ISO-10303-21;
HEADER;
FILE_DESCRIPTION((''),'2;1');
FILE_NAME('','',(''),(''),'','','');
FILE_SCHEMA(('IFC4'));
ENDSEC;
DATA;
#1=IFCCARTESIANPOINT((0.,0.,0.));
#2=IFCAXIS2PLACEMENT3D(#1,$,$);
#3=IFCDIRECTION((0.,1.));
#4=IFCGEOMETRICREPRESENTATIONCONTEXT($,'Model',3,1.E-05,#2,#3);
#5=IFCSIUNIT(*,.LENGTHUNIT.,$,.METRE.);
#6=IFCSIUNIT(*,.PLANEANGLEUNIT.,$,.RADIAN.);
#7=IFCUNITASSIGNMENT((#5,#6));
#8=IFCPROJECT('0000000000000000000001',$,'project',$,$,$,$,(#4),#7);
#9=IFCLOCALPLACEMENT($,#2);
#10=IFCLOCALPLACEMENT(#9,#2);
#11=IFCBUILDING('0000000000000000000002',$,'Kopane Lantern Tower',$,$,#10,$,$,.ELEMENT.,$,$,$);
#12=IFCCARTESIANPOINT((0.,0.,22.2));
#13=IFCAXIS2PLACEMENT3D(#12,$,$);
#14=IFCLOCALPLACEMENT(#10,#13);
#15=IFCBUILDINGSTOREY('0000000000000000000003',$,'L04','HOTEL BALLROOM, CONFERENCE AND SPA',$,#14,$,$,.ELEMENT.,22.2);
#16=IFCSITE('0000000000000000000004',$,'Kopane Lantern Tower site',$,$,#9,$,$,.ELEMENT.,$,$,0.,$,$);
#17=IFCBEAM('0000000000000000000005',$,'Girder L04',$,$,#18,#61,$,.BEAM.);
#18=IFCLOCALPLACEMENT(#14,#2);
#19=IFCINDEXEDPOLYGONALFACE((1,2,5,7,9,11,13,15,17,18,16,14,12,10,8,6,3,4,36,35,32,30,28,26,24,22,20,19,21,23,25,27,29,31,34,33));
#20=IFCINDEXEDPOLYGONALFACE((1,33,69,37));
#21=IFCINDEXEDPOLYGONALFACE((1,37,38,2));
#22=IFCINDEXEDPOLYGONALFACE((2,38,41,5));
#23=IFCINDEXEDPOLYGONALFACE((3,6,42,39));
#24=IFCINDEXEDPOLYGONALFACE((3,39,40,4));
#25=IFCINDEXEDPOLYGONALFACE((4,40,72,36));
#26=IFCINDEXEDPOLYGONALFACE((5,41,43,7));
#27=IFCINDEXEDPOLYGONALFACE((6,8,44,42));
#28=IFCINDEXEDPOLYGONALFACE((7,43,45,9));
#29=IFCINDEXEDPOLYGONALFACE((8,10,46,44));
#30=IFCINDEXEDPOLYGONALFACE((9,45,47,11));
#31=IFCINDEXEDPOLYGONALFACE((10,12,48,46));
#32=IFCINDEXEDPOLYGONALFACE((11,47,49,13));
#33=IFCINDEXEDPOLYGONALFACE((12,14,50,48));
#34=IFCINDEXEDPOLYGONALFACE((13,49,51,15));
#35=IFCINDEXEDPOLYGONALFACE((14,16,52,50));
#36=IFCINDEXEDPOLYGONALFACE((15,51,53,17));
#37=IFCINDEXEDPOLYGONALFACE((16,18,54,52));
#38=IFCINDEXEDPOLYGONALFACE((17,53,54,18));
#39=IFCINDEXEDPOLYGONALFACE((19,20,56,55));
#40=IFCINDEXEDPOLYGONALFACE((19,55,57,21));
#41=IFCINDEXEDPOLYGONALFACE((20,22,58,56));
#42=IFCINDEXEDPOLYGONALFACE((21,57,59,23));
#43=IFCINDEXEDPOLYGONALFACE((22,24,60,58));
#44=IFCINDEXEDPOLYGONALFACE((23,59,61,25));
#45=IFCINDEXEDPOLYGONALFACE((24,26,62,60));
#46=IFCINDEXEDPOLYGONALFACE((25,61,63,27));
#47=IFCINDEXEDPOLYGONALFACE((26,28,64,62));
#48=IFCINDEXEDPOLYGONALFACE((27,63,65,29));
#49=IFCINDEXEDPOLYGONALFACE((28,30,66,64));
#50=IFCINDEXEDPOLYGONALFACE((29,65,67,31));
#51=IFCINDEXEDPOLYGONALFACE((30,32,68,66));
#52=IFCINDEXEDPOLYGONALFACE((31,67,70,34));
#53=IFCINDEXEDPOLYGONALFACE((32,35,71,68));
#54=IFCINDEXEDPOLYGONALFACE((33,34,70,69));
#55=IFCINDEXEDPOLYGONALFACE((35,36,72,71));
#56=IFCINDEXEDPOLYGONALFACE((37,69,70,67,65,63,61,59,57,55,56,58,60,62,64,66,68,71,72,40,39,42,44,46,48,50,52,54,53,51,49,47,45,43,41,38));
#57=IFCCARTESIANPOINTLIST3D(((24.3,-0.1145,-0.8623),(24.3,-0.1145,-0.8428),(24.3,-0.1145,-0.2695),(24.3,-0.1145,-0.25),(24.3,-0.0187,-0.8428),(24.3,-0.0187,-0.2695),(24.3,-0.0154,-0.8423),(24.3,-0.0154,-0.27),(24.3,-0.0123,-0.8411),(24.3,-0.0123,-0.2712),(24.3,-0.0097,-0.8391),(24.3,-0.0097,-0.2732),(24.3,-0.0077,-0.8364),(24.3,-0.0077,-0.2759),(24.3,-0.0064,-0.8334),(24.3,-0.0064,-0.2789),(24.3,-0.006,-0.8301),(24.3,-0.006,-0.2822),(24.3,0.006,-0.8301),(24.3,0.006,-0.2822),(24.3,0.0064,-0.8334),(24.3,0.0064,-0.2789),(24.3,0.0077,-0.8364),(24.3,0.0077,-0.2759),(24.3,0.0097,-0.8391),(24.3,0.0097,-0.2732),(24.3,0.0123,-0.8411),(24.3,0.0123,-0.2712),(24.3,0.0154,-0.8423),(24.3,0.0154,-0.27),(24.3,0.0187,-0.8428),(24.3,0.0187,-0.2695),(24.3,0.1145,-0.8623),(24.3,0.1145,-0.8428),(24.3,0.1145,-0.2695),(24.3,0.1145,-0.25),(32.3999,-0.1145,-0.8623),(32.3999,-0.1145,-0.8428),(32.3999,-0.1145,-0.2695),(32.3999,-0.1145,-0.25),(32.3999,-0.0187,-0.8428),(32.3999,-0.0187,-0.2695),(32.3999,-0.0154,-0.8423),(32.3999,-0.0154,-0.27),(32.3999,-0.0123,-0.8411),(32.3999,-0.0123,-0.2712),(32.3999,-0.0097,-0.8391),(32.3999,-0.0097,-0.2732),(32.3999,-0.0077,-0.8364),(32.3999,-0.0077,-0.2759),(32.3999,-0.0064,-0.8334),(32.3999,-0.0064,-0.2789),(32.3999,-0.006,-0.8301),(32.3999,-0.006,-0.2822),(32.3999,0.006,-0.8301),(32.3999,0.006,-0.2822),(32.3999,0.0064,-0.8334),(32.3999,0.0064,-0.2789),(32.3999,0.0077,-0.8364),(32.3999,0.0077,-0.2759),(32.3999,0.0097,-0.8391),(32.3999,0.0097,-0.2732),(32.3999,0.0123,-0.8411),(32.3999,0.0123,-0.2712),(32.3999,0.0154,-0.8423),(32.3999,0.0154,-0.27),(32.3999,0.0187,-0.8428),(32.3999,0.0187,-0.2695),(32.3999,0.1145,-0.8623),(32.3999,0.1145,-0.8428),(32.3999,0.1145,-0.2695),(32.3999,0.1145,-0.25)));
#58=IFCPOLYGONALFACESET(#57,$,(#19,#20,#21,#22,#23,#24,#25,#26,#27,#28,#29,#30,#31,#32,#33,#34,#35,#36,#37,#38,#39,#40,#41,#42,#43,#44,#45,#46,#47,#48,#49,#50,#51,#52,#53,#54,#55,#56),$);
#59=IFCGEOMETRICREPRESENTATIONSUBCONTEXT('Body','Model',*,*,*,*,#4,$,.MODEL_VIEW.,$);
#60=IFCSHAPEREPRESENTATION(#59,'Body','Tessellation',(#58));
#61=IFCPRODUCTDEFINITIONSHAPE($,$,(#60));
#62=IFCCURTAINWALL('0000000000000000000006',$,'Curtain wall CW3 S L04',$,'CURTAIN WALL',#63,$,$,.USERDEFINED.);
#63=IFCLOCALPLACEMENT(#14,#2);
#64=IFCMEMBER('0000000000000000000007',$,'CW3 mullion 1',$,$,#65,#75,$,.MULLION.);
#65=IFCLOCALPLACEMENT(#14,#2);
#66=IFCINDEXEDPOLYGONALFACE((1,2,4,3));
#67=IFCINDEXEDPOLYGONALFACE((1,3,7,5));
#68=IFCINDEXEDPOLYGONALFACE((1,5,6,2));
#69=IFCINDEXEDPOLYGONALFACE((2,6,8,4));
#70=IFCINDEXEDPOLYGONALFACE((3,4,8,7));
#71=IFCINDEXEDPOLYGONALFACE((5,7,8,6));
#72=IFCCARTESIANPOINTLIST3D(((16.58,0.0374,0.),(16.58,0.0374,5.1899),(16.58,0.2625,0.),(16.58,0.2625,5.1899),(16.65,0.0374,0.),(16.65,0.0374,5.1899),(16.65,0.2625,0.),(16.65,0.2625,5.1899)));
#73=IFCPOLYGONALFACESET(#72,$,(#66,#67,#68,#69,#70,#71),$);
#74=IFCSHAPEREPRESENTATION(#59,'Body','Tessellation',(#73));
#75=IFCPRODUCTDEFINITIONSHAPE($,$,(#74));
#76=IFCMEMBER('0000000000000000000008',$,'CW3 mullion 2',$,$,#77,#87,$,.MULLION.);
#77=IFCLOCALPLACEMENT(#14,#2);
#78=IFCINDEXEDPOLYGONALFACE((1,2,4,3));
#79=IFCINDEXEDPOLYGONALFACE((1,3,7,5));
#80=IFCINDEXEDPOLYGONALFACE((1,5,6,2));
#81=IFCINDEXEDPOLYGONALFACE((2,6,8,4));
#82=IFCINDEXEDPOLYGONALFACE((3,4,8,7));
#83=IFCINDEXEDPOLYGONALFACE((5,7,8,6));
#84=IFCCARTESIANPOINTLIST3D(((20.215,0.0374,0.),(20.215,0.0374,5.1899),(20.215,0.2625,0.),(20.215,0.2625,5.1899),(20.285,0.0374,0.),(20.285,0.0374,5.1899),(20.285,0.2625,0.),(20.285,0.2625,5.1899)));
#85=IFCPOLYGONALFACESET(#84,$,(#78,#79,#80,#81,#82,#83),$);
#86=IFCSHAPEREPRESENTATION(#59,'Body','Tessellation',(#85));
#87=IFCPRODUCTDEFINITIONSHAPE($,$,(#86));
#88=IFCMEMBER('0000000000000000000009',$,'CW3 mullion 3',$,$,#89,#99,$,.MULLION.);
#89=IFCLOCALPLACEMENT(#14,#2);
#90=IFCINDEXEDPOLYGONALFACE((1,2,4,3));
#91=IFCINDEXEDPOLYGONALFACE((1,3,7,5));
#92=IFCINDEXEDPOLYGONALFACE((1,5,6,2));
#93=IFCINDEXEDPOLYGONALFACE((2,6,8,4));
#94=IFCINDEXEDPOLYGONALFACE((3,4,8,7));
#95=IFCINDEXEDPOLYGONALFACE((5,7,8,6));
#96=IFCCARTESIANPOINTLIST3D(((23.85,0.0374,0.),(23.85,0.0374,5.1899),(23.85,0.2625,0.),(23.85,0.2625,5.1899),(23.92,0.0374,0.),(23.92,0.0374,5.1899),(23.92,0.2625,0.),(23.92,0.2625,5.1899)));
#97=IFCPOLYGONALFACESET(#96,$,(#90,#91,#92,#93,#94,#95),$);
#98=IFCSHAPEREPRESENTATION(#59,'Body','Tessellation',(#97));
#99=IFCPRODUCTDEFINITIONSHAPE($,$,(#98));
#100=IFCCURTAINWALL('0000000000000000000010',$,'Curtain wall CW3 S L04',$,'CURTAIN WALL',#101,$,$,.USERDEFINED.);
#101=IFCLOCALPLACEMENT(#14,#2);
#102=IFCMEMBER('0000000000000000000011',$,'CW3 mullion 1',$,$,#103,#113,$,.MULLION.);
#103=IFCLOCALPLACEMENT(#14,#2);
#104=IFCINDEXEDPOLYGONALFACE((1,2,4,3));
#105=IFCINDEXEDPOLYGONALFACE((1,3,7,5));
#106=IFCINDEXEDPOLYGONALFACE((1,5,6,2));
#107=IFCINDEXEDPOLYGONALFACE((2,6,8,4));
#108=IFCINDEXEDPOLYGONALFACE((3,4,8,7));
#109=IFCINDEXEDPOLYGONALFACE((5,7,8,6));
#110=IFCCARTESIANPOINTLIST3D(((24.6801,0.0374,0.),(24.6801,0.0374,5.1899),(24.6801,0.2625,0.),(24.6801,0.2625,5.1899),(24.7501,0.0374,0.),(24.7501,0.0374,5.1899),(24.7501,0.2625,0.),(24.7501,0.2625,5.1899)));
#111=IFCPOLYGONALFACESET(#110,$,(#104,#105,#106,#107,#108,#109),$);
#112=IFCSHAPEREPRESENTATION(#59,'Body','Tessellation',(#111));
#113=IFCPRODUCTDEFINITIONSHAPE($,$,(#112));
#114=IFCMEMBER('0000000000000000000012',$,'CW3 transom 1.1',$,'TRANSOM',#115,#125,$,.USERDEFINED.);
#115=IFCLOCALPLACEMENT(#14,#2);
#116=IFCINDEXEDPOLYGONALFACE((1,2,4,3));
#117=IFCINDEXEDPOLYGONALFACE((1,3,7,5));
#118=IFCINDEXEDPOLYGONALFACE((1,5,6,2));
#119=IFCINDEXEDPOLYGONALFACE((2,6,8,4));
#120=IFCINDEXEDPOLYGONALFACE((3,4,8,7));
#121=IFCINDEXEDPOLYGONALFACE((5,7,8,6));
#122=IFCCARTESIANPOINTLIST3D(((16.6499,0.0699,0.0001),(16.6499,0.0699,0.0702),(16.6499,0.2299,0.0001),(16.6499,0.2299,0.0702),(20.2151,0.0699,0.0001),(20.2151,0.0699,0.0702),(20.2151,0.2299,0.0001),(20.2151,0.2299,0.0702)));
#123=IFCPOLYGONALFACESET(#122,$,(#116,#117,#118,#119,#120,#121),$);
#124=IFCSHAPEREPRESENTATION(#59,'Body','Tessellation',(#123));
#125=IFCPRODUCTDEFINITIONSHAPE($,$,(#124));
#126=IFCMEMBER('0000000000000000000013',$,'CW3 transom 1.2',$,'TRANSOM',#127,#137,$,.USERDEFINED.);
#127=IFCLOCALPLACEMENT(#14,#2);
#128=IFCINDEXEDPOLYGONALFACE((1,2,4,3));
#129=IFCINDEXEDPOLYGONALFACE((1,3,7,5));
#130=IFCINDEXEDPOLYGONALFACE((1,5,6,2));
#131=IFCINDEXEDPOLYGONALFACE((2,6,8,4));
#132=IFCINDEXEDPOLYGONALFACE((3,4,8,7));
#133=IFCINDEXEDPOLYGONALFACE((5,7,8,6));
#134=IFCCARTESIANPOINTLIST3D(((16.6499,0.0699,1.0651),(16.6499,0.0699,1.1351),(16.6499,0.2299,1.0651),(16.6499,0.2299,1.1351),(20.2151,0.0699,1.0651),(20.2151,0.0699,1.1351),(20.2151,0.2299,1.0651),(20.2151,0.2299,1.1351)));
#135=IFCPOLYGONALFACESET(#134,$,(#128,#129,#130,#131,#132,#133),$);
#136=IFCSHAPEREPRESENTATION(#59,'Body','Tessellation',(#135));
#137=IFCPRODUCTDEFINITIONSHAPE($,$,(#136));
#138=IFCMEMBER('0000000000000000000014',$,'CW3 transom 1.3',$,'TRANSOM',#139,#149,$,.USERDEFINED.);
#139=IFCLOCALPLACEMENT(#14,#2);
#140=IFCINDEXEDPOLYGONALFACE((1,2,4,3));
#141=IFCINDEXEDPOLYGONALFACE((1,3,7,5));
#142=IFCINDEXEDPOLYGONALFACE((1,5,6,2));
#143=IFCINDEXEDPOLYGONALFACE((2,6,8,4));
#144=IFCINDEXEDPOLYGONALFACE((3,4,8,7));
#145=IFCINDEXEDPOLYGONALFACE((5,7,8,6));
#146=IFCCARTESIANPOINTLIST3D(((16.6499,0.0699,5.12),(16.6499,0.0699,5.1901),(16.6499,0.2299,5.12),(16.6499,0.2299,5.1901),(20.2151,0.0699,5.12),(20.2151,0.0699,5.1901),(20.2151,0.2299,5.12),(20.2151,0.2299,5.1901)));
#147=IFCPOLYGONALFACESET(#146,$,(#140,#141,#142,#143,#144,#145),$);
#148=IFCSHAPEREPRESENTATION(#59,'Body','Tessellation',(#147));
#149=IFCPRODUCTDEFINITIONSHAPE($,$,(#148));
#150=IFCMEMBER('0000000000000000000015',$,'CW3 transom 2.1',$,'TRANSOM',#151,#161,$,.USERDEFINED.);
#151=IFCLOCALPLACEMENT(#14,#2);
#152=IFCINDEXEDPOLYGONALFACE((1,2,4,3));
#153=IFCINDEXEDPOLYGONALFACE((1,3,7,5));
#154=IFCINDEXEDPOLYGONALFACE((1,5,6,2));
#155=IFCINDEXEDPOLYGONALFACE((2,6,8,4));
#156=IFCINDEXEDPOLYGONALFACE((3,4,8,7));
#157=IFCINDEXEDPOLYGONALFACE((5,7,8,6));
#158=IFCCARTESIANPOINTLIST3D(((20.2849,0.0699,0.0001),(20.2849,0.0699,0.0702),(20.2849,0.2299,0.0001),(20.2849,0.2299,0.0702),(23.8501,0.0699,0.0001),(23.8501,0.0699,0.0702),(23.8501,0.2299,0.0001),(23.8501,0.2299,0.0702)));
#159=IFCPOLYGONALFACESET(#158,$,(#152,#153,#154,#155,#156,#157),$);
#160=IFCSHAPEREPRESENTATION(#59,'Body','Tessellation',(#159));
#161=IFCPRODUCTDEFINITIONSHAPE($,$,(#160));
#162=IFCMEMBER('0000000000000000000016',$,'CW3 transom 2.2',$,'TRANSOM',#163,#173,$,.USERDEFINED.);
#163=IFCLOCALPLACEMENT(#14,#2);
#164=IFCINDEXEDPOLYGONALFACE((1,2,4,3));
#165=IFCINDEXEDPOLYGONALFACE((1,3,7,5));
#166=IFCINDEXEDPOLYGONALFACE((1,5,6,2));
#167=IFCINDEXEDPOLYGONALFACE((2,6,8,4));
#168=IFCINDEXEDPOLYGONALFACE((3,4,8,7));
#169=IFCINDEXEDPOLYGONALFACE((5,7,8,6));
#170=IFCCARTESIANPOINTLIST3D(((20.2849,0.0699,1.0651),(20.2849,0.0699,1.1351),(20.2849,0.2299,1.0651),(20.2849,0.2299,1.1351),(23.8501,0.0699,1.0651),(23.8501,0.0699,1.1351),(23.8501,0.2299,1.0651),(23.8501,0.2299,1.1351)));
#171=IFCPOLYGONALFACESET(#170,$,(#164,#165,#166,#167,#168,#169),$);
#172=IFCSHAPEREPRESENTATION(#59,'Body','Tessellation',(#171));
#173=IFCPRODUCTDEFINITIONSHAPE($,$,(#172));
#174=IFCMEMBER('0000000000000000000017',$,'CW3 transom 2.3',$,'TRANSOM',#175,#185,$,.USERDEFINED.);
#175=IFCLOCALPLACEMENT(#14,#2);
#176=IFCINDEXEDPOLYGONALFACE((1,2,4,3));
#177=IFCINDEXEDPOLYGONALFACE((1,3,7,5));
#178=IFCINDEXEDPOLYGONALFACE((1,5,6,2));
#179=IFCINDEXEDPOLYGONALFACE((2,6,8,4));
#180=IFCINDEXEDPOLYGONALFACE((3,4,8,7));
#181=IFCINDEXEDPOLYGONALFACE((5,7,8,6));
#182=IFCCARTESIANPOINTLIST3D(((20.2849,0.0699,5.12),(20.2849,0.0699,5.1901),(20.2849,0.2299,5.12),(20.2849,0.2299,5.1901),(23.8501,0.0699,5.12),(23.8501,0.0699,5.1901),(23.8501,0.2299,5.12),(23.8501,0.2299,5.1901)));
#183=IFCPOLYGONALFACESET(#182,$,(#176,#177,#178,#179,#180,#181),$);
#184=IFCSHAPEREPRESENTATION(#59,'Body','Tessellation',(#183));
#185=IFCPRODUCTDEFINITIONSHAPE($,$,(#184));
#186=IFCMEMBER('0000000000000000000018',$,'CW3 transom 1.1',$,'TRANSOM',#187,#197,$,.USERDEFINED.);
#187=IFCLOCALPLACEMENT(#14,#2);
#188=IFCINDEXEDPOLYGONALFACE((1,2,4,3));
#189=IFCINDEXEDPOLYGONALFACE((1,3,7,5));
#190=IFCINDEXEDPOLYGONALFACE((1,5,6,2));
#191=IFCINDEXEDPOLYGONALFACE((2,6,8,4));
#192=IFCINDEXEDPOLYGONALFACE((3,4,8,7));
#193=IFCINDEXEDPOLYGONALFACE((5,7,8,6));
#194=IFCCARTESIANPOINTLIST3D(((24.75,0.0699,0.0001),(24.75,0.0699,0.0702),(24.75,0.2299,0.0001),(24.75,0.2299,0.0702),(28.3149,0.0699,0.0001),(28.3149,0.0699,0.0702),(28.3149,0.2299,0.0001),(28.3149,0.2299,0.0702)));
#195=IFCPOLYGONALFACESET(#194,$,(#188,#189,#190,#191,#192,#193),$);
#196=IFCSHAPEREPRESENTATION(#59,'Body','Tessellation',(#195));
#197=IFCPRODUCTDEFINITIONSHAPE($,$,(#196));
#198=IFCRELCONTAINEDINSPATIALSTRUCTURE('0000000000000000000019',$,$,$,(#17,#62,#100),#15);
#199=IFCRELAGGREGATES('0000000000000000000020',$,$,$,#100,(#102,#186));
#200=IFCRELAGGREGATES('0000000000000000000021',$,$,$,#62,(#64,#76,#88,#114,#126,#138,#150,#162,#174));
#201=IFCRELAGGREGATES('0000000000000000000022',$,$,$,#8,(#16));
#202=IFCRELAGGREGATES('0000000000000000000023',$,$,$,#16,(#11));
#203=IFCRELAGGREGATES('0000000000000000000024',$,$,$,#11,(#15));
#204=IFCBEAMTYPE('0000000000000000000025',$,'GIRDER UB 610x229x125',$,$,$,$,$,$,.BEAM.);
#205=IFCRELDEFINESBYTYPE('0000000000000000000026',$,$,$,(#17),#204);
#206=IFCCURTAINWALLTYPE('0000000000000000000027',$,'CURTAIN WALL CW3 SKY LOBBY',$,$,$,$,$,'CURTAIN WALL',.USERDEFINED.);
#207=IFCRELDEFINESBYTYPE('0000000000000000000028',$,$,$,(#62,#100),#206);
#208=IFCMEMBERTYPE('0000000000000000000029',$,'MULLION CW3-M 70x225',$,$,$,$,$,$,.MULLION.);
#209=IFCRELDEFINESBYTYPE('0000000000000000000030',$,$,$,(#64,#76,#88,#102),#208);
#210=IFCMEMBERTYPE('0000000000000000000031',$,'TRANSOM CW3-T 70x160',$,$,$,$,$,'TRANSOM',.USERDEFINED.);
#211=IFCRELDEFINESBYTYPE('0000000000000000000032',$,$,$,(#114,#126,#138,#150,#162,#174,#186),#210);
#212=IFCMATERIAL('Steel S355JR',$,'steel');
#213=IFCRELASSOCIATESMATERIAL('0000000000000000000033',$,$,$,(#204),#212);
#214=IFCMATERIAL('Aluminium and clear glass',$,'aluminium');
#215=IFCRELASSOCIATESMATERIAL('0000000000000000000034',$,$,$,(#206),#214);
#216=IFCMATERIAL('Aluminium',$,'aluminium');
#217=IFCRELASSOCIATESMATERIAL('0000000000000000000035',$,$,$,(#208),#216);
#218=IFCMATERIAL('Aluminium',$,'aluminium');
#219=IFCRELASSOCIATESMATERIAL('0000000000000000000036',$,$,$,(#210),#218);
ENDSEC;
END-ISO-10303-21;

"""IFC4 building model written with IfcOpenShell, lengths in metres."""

from ifc_helpers import new_model, si_unit, direction, frame, origin, origin_2d, place, context, subcontext, project, spatial, rectangle, i_section, extrude, material, material_profile, profile_set, type_object, element, aggregate, save


model = new_model("IFC4")

# Units and contexts
model_context = context("Model", 3, precision=1e-05, world=origin(), true_north=direction((0.0, 1.0)))
body_context = subcontext(model_context, "Body", "Model", "MODEL_VIEW")
ifc_project = project(units=[si_unit("LENGTHUNIT", "METRE"), si_unit("PLANEANGLEUNIT", "RADIAN")], contexts=[model_context])

# Site, building, storey
site_placement = place(None, origin())
site = spatial("IfcSite", under=ifc_project, at=site_placement, Name="Kopane Lantern Tower site", CompositionType="ELEMENT", RefElevation=0.0)
building_placement = place(site_placement, origin())
building = spatial("IfcBuilding", under=site, at=building_placement, Name="Kopane Lantern Tower", CompositionType="ELEMENT")
storey_placement = place(building_placement, frame((0.0, 0.0, 22.2)))
storey = spatial("IfcBuildingStorey", under=building, at=storey_placement, Name="L04", Description="HOTEL BALLROOM, CONFERENCE AND SPA", CompositionType="ELEMENT", Elevation=22.2)

# Beam
ifc_material_1 = material(Name="Steel S355JR", Category="steel")
ifc_material_profile_1 = material_profile(ifc_material_1, i_section(OverallWidth=0.229, OverallDepth=0.6123, WebThickness=0.012, FlangeThickness=0.0195, FilletRadius=0.0127, at=origin_2d()), Name="UB 610x229x125")
ifc_profile_set_1 = profile_set([ifc_material_profile_1], Name="Steel S355JR")
beam_type = type_object("IfcBeamType", Name="GIRDER UB 610x229x125", PredefinedType="BEAM", material=ifc_profile_set_1)
beam_placement = place(storey_placement, frame((24.3, 0.0, -0.5562), z_axis=(1.0, 0.0, 0.0), x_axis=(0.0, 1.0, 0.0)))
element("IfcBeam", 1, at=beam_placement, inside=storey, type_object=beam_type, Name="Girder L04", PredefinedType="BEAM", context=body_context, shape_type="SweptSolid", body=[
    extrude(i_section(OverallWidth=0.229, OverallDepth=0.6123, WebThickness=0.012, FlangeThickness=0.0195, FilletRadius=0.0127, at=origin_2d()), origin(), (0.0, 0.0, 1.0), 8.0999),
])

# Curtain wall, members
ifc_material_2 = material(Name="Aluminium and clear glass", Category="aluminium")
curtain_wall_type = type_object("IfcCurtainWallType", Name="CURTAIN WALL CW3 SKY LOBBY", ElementType="CURTAIN WALL", PredefinedType="USERDEFINED", material=ifc_material_2)
curtain_wall_1_placement = place(storey_placement, origin())
curtain_wall_1 = element("IfcCurtainWall", 2, at=curtain_wall_1_placement, inside=storey, type_object=curtain_wall_type, Name="Curtain wall CW3 S L04", ObjectType="CURTAIN WALL", PredefinedType="USERDEFINED")
ifc_material_3 = material(Name="Aluminium", Category="aluminium")
ifc_material_profile_2 = material_profile(ifc_material_3, rectangle(XDim=0.0701, YDim=0.2251, at=origin_2d()), Name="AL 70x225")
ifc_profile_set_2 = profile_set([ifc_material_profile_2], Name="Aluminium")
member_type_1 = type_object("IfcMemberType", Name="MULLION CW3-M 70x225", PredefinedType="MULLION", material=ifc_profile_set_2)
member_1_placement = place(storey_placement, frame((16.615, 0.1499, 0.0), z_axis=(0.0, 0.0, 1.0), x_axis=(1.0, 0.0, 0.0)))
member_1 = element("IfcMember", 3, at=member_1_placement, type_object=member_type_1, Name="CW3 mullion 1", PredefinedType="MULLION", context=body_context, shape_type="SweptSolid", body=[
    extrude(rectangle(XDim=0.0701, YDim=0.2251, at=origin_2d()), origin(), (0.0, 0.0, 1.0), 5.1899),
])
member_2_placement = place(storey_placement, frame((20.25, 0.1499, 0.0), z_axis=(0.0, 0.0, 1.0), x_axis=(1.0, 0.0, 0.0)))
member_2 = element("IfcMember", 4, at=member_2_placement, type_object=member_type_1, Name="CW3 mullion 2", PredefinedType="MULLION", context=body_context, shape_type="SweptSolid", body=[
    extrude(rectangle(XDim=0.0701, YDim=0.2251, at=origin_2d()), origin(), (0.0, 0.0, 1.0), 5.1899),
])
member_3_placement = place(storey_placement, frame((23.885, 0.1499, 0.0), z_axis=(0.0, 0.0, 1.0), x_axis=(1.0, 0.0, 0.0)))
member_3 = element("IfcMember", 5, at=member_3_placement, type_object=member_type_1, Name="CW3 mullion 3", PredefinedType="MULLION", context=body_context, shape_type="SweptSolid", body=[
    extrude(rectangle(XDim=0.0701, YDim=0.2251, at=origin_2d()), origin(), (0.0, 0.0, 1.0), 5.1899),
])

# Curtain wall, member
curtain_wall_2_placement = place(storey_placement, origin())
curtain_wall_2 = element("IfcCurtainWall", 6, at=curtain_wall_2_placement, inside=storey, type_object=curtain_wall_type, Name="Curtain wall CW3 S L04", ObjectType="CURTAIN WALL", PredefinedType="USERDEFINED")
member_4_placement = place(storey_placement, frame((24.7151, 0.1499, 0.0), z_axis=(0.0, 0.0, 1.0), x_axis=(1.0, 0.0, 0.0)))
member_4 = element("IfcMember", 7, at=member_4_placement, type_object=member_type_1, Name="CW3 mullion 1", PredefinedType="MULLION", context=body_context, shape_type="SweptSolid", body=[
    extrude(rectangle(XDim=0.0701, YDim=0.2251, at=origin_2d()), origin(), (0.0, 0.0, 1.0), 5.1899),
])

# Members
ifc_material_4 = material(Name="Aluminium", Category="aluminium")
ifc_material_profile_3 = material_profile(ifc_material_4, rectangle(XDim=0.1599, YDim=0.0701, at=origin_2d()), Name="AL 160x70")
ifc_profile_set_3 = profile_set([ifc_material_profile_3], Name="Aluminium")
member_type_2 = type_object("IfcMemberType", Name="TRANSOM CW3-T 70x160", ElementType="TRANSOM", PredefinedType="USERDEFINED", material=ifc_profile_set_3)
member_5_placement = place(storey_placement, frame((16.6499, 0.1499, 0.0352), z_axis=(1.0, 0.0, 0.0), x_axis=(0.0, 1.0, 0.0)))
member_5 = element("IfcMember", 8, at=member_5_placement, type_object=member_type_2, Name="CW3 transom 1.1", ObjectType="TRANSOM", PredefinedType="USERDEFINED", context=body_context, shape_type="SweptSolid", body=[
    extrude(rectangle(XDim=0.1599, YDim=0.0701, at=origin_2d()), origin(), (0.0, 0.0, 1.0), 3.5652),
])
member_6_placement = place(storey_placement, frame((16.6499, 0.1499, 1.1001), z_axis=(1.0, 0.0, 0.0), x_axis=(0.0, 1.0, 0.0)))
member_6 = element("IfcMember", 9, at=member_6_placement, type_object=member_type_2, Name="CW3 transom 1.2", ObjectType="TRANSOM", PredefinedType="USERDEFINED", context=body_context, shape_type="SweptSolid", body=[
    extrude(rectangle(XDim=0.1599, YDim=0.0701, at=origin_2d()), origin(), (0.0, 0.0, 1.0), 3.5652),
])
member_7_placement = place(storey_placement, frame((16.6499, 0.1499, 5.155), z_axis=(1.0, 0.0, 0.0), x_axis=(0.0, 1.0, 0.0)))
member_7 = element("IfcMember", 10, at=member_7_placement, type_object=member_type_2, Name="CW3 transom 1.3", ObjectType="TRANSOM", PredefinedType="USERDEFINED", context=body_context, shape_type="SweptSolid", body=[
    extrude(rectangle(XDim=0.1599, YDim=0.0701, at=origin_2d()), origin(), (0.0, 0.0, 1.0), 3.5652),
])
member_8_placement = place(storey_placement, frame((20.2849, 0.1499, 0.0352), z_axis=(1.0, 0.0, 0.0), x_axis=(0.0, 1.0, 0.0)))
member_8 = element("IfcMember", 11, at=member_8_placement, type_object=member_type_2, Name="CW3 transom 2.1", ObjectType="TRANSOM", PredefinedType="USERDEFINED", context=body_context, shape_type="SweptSolid", body=[
    extrude(rectangle(XDim=0.1599, YDim=0.0701, at=origin_2d()), origin(), (0.0, 0.0, 1.0), 3.5652),
])
member_9_placement = place(storey_placement, frame((20.2849, 0.1499, 1.1001), z_axis=(1.0, 0.0, 0.0), x_axis=(0.0, 1.0, 0.0)))
member_9 = element("IfcMember", 12, at=member_9_placement, type_object=member_type_2, Name="CW3 transom 2.2", ObjectType="TRANSOM", PredefinedType="USERDEFINED", context=body_context, shape_type="SweptSolid", body=[
    extrude(rectangle(XDim=0.1599, YDim=0.0701, at=origin_2d()), origin(), (0.0, 0.0, 1.0), 3.5652),
])
member_10_placement = place(storey_placement, frame((20.2849, 0.1499, 5.155), z_axis=(1.0, 0.0, 0.0), x_axis=(0.0, 1.0, 0.0)))
member_10 = element("IfcMember", 13, at=member_10_placement, type_object=member_type_2, Name="CW3 transom 2.3", ObjectType="TRANSOM", PredefinedType="USERDEFINED", context=body_context, shape_type="SweptSolid", body=[
    extrude(rectangle(XDim=0.1599, YDim=0.0701, at=origin_2d()), origin(), (0.0, 0.0, 1.0), 3.5652),
])
member_11_placement = place(storey_placement, frame((24.75, 0.1499, 0.0352), z_axis=(1.0, 0.0, 0.0), x_axis=(0.0, 1.0, 0.0)))
member_11 = element("IfcMember", 14, at=member_11_placement, type_object=member_type_2, Name="CW3 transom 1.1", ObjectType="TRANSOM", PredefinedType="USERDEFINED", context=body_context, shape_type="SweptSolid", body=[
    extrude(rectangle(XDim=0.1599, YDim=0.0701, at=origin_2d()), origin(), (0.0, 0.0, 1.0), 3.5649),
])
aggregate(curtain_wall_2, [member_4, member_11])

aggregate(curtain_wall_1, [member_1, member_2, member_3, member_5, member_6, member_7, member_8, member_9, member_10])

save(model, "model.ifc")
